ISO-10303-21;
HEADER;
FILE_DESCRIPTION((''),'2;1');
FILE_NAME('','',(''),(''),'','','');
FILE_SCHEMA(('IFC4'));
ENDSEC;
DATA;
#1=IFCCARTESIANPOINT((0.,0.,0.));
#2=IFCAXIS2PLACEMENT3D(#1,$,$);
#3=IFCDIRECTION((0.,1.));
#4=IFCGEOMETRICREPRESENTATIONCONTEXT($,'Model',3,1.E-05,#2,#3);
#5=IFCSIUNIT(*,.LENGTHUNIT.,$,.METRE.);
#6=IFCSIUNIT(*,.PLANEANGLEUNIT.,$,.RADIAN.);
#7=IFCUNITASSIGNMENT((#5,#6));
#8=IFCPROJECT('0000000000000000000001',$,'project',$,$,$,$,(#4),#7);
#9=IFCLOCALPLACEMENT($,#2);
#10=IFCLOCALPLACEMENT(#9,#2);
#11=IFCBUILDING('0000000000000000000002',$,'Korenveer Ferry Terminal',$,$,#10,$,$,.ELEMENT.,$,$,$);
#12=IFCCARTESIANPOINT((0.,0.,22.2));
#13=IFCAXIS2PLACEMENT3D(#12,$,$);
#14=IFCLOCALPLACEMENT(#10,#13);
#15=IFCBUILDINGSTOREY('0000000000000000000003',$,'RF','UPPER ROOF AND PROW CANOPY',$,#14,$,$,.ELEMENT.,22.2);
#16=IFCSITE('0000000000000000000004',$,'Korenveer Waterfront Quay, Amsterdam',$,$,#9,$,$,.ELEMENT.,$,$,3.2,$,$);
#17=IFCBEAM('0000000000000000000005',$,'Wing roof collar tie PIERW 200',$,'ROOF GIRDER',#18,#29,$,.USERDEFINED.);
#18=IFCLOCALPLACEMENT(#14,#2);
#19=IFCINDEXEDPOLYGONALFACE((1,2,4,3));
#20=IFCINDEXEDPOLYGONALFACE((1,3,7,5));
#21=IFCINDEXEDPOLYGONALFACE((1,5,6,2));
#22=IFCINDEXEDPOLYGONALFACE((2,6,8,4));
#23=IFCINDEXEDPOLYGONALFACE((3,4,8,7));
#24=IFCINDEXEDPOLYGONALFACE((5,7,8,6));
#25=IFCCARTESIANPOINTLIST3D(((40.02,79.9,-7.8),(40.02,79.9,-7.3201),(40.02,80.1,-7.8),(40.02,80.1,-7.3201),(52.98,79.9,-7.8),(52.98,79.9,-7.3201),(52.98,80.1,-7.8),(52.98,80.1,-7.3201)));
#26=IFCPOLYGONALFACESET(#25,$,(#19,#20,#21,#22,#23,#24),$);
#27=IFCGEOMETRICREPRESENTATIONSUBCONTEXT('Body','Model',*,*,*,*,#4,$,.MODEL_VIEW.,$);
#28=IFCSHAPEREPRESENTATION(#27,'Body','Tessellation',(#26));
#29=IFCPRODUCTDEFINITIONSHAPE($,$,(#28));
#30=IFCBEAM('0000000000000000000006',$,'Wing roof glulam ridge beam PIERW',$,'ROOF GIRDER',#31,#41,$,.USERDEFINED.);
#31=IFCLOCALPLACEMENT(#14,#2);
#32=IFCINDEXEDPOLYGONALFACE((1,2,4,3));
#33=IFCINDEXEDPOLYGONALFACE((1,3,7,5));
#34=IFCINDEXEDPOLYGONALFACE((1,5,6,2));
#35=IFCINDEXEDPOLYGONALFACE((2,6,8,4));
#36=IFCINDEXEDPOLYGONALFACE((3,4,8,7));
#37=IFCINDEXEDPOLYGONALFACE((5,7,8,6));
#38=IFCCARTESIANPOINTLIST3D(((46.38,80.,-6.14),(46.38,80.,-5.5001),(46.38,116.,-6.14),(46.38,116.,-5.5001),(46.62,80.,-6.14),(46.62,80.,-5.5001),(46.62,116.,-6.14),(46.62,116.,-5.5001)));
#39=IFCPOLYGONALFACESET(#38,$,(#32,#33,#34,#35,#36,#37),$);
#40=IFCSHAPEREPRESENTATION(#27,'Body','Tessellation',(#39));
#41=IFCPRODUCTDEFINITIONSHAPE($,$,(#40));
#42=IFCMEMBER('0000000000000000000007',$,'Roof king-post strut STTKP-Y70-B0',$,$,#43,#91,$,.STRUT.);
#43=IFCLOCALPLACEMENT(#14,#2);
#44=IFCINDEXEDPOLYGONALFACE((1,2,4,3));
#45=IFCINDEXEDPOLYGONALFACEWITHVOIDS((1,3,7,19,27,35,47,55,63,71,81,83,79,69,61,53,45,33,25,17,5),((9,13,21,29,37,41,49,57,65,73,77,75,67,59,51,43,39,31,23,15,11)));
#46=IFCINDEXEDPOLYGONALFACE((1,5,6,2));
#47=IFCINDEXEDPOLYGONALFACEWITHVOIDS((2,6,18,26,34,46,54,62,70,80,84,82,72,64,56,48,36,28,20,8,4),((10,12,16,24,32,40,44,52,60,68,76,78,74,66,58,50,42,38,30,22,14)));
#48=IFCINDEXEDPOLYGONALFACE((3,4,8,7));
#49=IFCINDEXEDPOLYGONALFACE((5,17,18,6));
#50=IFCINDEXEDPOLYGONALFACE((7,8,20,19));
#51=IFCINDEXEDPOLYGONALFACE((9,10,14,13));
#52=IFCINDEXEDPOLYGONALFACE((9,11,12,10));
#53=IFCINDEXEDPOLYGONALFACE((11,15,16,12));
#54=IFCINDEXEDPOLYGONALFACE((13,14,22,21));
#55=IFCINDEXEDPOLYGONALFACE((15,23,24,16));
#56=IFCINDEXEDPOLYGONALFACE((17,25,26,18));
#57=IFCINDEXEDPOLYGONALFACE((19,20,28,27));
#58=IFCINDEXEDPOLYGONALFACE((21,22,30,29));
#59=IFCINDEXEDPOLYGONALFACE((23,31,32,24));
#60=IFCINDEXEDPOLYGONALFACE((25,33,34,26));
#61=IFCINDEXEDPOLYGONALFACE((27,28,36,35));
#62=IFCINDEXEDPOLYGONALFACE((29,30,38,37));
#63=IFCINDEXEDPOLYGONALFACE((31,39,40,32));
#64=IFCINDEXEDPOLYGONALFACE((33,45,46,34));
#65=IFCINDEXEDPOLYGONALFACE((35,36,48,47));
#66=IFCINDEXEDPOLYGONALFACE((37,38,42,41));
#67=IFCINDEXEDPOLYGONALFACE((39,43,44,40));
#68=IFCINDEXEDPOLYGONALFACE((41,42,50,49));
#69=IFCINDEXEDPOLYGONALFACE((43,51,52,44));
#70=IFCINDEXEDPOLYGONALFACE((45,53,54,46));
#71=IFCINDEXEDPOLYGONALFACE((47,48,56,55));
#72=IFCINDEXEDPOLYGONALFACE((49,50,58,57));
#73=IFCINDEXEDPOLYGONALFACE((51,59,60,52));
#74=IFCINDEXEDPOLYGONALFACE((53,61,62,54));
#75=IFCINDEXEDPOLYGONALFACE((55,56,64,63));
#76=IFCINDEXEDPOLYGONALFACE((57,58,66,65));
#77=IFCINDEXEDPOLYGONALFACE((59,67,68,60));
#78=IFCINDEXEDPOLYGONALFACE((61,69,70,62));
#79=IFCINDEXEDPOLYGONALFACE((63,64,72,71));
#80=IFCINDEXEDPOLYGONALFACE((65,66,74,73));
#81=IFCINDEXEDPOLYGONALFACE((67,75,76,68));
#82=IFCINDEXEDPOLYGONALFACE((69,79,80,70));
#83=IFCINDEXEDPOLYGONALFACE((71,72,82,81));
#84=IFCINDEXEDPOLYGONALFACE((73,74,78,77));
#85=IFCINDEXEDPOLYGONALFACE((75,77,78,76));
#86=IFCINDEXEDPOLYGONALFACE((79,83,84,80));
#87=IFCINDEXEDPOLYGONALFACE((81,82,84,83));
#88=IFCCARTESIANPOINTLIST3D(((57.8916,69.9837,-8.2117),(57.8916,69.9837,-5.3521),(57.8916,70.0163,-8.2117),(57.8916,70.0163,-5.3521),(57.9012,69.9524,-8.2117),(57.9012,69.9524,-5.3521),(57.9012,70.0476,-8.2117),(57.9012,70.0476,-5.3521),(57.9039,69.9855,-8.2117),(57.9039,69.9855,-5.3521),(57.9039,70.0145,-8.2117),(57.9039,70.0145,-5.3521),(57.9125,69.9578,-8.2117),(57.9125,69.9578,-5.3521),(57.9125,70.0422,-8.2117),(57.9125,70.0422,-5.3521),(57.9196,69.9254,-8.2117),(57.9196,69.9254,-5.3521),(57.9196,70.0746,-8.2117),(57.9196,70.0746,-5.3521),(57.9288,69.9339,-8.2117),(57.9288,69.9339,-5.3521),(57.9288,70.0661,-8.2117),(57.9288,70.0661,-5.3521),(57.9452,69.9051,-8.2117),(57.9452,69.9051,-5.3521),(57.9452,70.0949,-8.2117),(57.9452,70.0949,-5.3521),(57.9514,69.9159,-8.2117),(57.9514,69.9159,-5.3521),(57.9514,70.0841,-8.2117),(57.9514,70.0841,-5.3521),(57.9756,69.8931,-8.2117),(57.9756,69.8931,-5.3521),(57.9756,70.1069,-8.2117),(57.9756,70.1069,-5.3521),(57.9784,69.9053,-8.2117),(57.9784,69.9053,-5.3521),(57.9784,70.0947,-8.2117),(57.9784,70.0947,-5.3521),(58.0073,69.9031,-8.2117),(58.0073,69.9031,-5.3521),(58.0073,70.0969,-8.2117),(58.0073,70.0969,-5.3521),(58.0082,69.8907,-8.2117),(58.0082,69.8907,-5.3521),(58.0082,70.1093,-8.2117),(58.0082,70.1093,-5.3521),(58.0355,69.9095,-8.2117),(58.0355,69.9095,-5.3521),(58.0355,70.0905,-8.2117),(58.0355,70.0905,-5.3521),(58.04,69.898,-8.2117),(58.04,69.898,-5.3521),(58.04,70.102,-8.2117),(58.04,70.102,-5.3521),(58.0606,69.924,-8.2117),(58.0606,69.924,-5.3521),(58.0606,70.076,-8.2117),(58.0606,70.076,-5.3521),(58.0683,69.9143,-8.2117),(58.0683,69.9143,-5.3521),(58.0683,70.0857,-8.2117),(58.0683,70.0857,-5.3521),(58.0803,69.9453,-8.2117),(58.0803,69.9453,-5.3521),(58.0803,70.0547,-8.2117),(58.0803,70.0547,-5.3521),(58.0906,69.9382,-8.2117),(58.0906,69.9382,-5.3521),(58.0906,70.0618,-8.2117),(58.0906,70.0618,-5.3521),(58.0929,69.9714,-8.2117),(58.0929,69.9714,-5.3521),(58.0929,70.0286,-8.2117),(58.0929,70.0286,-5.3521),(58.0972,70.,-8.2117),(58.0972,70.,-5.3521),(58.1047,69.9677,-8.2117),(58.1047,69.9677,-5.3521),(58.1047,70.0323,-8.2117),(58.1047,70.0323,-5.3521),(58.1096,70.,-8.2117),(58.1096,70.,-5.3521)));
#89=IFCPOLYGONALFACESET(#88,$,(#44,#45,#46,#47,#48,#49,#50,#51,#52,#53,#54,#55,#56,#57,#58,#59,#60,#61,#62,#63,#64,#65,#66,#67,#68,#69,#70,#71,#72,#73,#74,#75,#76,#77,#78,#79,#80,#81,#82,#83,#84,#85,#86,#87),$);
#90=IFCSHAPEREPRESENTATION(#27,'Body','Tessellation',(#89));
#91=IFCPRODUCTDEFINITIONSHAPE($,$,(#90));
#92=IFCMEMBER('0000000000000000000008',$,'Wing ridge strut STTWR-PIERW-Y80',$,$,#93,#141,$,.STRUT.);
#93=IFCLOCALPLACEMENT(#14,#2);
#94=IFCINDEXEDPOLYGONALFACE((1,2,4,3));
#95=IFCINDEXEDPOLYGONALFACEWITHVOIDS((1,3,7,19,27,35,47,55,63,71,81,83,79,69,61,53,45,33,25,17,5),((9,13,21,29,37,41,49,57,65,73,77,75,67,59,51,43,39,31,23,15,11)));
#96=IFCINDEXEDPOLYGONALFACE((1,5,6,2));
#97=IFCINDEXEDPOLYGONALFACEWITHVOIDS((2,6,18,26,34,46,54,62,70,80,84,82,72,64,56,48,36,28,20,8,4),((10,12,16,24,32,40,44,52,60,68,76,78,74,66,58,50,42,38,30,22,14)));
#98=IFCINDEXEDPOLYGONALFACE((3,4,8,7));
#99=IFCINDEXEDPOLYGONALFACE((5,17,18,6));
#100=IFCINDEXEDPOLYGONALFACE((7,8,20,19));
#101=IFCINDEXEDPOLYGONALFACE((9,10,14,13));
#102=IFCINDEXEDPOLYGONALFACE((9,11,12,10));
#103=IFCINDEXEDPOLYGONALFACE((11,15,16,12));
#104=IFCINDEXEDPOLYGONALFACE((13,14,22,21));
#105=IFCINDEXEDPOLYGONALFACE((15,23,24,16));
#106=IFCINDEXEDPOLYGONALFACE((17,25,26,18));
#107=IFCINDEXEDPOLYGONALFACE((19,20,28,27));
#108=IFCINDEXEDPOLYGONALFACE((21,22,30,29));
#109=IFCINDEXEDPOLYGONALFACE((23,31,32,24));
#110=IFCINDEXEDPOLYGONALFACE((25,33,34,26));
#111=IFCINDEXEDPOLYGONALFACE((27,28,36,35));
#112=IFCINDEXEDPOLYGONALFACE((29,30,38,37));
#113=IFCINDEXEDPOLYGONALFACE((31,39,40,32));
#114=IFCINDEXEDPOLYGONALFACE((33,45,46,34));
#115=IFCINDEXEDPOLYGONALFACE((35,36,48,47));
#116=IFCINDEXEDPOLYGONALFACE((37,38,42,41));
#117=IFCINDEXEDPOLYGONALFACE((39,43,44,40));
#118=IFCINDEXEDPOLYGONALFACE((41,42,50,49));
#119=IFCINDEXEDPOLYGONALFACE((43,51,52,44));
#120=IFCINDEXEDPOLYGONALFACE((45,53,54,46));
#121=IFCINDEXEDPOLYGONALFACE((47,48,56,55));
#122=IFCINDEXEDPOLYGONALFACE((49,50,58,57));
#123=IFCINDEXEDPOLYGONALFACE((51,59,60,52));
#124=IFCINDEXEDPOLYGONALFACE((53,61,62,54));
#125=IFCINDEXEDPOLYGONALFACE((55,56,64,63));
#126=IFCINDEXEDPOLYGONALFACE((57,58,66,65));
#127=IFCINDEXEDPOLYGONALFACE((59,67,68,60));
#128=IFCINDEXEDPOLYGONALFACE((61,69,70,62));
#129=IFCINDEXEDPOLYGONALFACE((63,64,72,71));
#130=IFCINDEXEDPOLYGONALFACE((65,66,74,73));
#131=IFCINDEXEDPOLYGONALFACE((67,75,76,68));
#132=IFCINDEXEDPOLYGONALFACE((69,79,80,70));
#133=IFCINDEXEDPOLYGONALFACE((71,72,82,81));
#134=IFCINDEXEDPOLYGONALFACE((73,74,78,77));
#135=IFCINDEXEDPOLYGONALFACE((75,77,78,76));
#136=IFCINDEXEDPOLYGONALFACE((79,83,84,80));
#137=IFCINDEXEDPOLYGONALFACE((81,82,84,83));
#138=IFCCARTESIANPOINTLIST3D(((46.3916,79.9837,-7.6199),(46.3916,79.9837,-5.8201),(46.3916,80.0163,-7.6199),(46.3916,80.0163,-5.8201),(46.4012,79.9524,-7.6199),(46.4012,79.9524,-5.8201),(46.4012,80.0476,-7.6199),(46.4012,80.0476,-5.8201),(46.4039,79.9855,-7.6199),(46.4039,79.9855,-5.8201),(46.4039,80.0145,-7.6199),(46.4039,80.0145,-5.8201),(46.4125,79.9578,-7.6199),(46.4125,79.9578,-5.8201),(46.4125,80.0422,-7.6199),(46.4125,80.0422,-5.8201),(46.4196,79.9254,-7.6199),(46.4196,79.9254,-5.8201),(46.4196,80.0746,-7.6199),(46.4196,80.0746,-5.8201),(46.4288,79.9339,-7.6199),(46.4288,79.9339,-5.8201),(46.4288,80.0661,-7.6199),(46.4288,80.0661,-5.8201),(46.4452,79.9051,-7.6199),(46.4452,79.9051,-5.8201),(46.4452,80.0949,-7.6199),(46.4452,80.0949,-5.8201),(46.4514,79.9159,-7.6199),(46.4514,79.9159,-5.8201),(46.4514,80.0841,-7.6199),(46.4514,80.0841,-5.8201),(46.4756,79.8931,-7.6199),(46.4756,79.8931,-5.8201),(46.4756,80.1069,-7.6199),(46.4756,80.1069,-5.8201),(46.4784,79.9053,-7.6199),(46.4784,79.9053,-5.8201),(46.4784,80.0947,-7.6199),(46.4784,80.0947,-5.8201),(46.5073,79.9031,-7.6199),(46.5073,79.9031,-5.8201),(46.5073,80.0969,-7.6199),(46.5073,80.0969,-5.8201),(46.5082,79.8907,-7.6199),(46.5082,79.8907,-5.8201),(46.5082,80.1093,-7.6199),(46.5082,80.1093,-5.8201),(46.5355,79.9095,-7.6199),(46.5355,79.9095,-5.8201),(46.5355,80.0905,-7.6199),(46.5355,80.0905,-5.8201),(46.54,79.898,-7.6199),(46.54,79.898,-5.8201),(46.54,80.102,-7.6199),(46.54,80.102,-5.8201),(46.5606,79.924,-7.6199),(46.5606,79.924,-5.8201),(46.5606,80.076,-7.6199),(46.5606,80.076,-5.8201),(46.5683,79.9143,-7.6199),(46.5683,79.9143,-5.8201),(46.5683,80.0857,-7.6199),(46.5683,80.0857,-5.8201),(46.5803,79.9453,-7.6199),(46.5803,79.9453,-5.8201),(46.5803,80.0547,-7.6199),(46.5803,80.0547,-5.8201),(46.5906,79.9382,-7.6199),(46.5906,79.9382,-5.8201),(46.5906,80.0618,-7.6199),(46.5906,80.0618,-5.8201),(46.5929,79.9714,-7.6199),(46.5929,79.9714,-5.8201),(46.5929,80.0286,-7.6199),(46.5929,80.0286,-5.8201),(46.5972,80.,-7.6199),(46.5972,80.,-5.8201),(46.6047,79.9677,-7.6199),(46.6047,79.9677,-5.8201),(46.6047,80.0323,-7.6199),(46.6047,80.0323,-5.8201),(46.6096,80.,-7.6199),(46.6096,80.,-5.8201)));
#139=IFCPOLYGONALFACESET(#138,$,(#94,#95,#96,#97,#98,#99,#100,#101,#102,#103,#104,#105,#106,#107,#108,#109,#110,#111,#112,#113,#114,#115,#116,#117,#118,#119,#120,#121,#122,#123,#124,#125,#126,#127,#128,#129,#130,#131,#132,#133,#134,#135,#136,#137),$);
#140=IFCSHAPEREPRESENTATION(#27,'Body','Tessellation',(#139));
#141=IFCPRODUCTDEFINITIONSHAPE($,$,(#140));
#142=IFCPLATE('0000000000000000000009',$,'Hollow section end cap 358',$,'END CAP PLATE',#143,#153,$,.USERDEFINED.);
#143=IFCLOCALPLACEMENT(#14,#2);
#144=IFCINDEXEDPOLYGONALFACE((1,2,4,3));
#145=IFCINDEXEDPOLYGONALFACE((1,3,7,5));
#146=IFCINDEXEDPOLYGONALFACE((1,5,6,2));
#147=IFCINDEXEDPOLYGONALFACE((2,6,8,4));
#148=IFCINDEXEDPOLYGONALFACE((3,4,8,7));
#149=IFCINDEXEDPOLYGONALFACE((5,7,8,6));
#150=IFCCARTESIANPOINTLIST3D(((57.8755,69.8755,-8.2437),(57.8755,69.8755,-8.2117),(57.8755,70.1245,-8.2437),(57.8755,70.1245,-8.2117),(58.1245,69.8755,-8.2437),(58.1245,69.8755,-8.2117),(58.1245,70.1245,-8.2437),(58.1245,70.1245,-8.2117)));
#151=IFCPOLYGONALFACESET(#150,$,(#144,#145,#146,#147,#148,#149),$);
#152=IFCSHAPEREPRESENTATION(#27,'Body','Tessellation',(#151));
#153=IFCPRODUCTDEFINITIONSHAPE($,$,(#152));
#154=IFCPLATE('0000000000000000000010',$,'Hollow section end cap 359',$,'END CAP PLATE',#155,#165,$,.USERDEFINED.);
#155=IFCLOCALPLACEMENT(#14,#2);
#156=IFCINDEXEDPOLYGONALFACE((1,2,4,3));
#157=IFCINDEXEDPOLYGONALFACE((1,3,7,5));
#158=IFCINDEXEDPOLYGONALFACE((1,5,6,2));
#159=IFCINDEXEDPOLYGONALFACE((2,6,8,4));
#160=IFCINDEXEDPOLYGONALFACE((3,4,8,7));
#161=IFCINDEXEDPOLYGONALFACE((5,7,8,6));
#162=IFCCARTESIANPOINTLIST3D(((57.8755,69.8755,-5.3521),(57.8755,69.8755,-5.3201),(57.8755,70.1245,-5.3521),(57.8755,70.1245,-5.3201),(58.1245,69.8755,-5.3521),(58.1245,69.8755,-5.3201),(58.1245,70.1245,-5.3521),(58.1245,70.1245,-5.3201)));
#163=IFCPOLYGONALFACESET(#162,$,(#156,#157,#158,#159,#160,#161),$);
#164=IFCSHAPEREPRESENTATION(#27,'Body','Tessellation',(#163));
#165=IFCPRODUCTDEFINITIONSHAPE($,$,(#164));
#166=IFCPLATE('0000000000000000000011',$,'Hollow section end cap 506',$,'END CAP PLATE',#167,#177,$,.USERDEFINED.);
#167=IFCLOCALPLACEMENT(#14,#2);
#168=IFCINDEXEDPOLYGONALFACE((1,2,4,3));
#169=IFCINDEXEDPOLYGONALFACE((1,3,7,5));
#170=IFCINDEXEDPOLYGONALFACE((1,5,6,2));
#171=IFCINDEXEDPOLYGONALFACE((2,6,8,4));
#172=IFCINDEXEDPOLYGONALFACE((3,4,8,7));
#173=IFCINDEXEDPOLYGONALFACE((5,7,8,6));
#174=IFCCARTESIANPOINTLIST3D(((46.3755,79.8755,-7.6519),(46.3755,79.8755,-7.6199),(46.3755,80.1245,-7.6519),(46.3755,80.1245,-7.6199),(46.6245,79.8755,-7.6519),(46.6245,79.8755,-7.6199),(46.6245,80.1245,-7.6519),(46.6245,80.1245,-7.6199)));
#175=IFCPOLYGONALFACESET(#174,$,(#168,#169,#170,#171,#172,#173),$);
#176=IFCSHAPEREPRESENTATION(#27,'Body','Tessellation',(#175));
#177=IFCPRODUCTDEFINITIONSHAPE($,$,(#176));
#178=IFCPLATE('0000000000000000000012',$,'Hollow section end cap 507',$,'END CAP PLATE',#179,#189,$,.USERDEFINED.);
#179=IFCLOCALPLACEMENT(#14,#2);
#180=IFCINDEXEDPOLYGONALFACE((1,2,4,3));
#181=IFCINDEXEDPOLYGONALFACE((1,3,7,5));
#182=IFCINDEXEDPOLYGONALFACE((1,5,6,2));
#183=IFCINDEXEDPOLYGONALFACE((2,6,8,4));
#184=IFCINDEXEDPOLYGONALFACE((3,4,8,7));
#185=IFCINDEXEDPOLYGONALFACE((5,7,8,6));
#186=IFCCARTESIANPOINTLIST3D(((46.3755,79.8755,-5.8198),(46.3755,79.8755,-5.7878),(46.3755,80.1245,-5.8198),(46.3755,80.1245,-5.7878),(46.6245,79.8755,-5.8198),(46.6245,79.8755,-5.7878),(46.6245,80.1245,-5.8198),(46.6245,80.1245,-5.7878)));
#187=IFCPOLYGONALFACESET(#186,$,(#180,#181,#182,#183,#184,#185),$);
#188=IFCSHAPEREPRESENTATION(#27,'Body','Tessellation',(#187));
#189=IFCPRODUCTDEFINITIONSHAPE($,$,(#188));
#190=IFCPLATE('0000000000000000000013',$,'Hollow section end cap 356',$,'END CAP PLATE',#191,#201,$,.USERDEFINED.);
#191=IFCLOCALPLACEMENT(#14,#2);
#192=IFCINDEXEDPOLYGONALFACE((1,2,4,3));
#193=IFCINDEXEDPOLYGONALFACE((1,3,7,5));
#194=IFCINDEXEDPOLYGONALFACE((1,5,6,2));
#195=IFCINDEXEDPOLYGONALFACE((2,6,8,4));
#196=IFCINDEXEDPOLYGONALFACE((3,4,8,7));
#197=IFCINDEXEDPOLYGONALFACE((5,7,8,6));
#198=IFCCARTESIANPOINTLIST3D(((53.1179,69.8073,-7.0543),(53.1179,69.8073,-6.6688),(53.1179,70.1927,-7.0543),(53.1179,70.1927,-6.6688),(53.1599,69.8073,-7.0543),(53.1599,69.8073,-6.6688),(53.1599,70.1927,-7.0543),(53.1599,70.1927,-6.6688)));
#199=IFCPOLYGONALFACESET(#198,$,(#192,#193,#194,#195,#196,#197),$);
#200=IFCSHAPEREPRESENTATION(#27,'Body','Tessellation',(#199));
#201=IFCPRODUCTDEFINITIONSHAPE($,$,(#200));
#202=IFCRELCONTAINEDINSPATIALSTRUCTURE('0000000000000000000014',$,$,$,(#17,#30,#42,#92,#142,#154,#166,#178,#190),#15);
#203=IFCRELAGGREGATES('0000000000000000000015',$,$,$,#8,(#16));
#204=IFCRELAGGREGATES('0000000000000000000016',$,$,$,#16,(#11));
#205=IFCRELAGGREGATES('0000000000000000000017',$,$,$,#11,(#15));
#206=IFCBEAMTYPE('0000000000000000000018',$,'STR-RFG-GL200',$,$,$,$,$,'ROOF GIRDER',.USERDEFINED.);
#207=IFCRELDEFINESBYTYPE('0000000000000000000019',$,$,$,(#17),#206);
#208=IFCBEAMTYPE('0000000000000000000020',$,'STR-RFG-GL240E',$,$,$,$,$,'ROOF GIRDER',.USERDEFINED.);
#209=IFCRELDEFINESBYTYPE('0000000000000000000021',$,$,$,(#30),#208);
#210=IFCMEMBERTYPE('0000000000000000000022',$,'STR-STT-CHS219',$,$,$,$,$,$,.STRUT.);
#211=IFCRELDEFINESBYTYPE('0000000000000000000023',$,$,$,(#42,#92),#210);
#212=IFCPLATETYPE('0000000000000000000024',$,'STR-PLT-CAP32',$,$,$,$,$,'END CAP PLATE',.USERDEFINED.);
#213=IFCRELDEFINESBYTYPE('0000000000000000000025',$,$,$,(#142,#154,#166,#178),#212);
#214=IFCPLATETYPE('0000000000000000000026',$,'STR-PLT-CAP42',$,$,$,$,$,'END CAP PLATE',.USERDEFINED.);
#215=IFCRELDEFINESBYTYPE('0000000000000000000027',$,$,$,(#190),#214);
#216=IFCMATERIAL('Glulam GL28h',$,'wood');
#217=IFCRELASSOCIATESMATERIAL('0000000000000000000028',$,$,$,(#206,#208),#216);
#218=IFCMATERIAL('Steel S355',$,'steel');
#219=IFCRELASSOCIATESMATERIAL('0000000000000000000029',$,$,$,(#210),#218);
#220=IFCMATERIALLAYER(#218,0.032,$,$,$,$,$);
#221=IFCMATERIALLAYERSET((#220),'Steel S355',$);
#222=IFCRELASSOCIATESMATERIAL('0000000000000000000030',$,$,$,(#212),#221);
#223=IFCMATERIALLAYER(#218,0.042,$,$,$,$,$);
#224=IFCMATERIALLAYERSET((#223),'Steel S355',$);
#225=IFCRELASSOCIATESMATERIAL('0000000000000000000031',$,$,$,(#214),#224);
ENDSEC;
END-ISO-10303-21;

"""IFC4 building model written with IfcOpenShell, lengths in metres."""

from ifc_helpers import new_model, si_unit, direction, frame, origin, origin_2d, place, context, subcontext, project, spatial, rectangle, hollow_circle, extrude, material, layer, layer_set, material_profile, profile_set, type_object, element, save


model = new_model("IFC4")

# Units and contexts
model_context = context("Model", 3, precision=1e-05, world=origin(), true_north=direction((0.0, 1.0)))
body_context = subcontext(model_context, "Body", "Model", "MODEL_VIEW")
ifc_project = project(units=[si_unit("LENGTHUNIT", "METRE"), si_unit("PLANEANGLEUNIT", "RADIAN")], contexts=[model_context])

# Site, building, storey
site_placement = place(None, origin())
site = spatial("IfcSite", under=ifc_project, at=site_placement, Name="Korenveer Waterfront Quay, Amsterdam", CompositionType="ELEMENT", RefElevation=3.2)
building_placement = place(site_placement, origin())
building = spatial("IfcBuilding", under=site, at=building_placement, Name="Korenveer Ferry Terminal", CompositionType="ELEMENT")
storey_placement = place(building_placement, frame((0.0, 0.0, 22.2)))
storey = spatial("IfcBuildingStorey", under=building, at=storey_placement, Name="RF", Description="UPPER ROOF AND PROW CANOPY", CompositionType="ELEMENT", Elevation=22.2)

# Shared definitions
ifc_material_1 = material(Name="Steel S355", Category="steel")

# Shared definitions
ifc_material_2 = material(Name="Glulam GL28h", Category="wood")

# Beams
ifc_material_profile_1 = material_profile(ifc_material_2, rectangle(XDim=0.2, YDim=0.48, at=origin_2d()), Name="GL 200x480")
ifc_profile_set_1 = profile_set([ifc_material_profile_1], Name="Glulam GL28h")
beam_type_1 = type_object("IfcBeamType", Name="STR-RFG-GL200", ElementType="ROOF GIRDER", PredefinedType="USERDEFINED", material=ifc_profile_set_1)
beam_1_placement = place(storey_placement, frame((40.02, 80.0, -7.5601), z_axis=(1.0, 0.0, 0.0), x_axis=(0.0, 1.0, 0.0)))
element("IfcBeam", 1, at=beam_1_placement, inside=storey, type_object=beam_type_1, Name="Wing roof collar tie PIERW 200", ObjectType="ROOF GIRDER", PredefinedType="USERDEFINED", context=body_context, shape_type="SweptSolid", body=[
    extrude(rectangle(XDim=0.2, YDim=0.48, at=origin_2d()), origin(), (0.0, 0.0, 1.0), 12.96),
])
ifc_material_profile_2 = material_profile(ifc_material_2, rectangle(XDim=0.24, YDim=0.6399, at=origin_2d()), Name="GL 240x640")
ifc_profile_set_2 = profile_set([ifc_material_profile_2], Name="Glulam GL28h")
beam_type_2 = type_object("IfcBeamType", Name="STR-RFG-GL240E", ElementType="ROOF GIRDER", PredefinedType="USERDEFINED", material=ifc_profile_set_2)
beam_2_placement = place(storey_placement, frame((46.5, 80.0, -5.8201), z_axis=(0.0, 1.0, 0.0), x_axis=(-1.0, 0.0, 0.0)))
element("IfcBeam", 2, at=beam_2_placement, inside=storey, type_object=beam_type_2, Name="Wing roof glulam ridge beam PIERW", ObjectType="ROOF GIRDER", PredefinedType="USERDEFINED", context=body_context, shape_type="SweptSolid", body=[
    extrude(rectangle(XDim=0.24, YDim=0.6399, at=origin_2d()), origin(), (0.0, 0.0, 1.0), 36.0),
])

# Members
ifc_material_profile_3 = material_profile(ifc_material_1, hollow_circle(Radius=0.1096, WallThickness=0.0125, at=origin_2d()), Name="CHS 219.1x12.5")
ifc_profile_set_3 = profile_set([ifc_material_profile_3], Name="Steel S355")
member_type_1 = type_object("IfcMemberType", Name="STR-STT-CHS219", PredefinedType="STRUT", material=ifc_profile_set_3)
member_1_placement = place(storey_placement, frame((58.0, 70.0, -8.2117), z_axis=(0.0, 0.0, 1.0), x_axis=(1.0, 0.0, 0.0)))
element("IfcMember", 3, at=member_1_placement, inside=storey, type_object=member_type_1, Name="Roof king-post strut STTKP-Y70-B0", PredefinedType="STRUT", context=body_context, shape_type="SweptSolid", body=[
    extrude(hollow_circle(Radius=0.1096, WallThickness=0.0125, at=origin_2d()), origin(), (0.0, 0.0, 1.0), 2.8596),
])
member_2_placement = place(storey_placement, frame((46.5, 80.0, -7.6199), z_axis=(0.0, 0.0, 1.0), x_axis=(1.0, 0.0, 0.0)))
element("IfcMember", 4, at=member_2_placement, inside=storey, type_object=member_type_1, Name="Wing ridge strut STTWR-PIERW-Y80", PredefinedType="STRUT", context=body_context, shape_type="SweptSolid", body=[
    extrude(hollow_circle(Radius=0.1096, WallThickness=0.0125, at=origin_2d()), origin(), (0.0, 0.0, 1.0), 1.7998),
])

# Plates
ifc_layer_1 = layer(ifc_material_1, 0.032)
ifc_layer_set_1 = layer_set([ifc_layer_1], Name="Steel S355")
plate_type_1 = type_object("IfcPlateType", Name="STR-PLT-CAP32", ElementType="END CAP PLATE", PredefinedType="USERDEFINED", material=ifc_layer_set_1)
for number, where, z_axis, x_axis, name in (
    (5, (58.0, 70.0, -8.2437), (0.0, 0.0, 1.0), (1.0, 0.0, 0.0), "Hollow section end cap 358"),
    (6, (58.0, 70.0, -5.3521), (0.0, 0.0, 1.0), (1.0, 0.0, 0.0), "Hollow section end cap 359"),
    (7, (46.5, 80.0, -7.6519), (0.0, 0.0, 1.0), (1.0, 0.0, 0.0), "Hollow section end cap 506"),
    (8, (46.5, 80.0, -5.8198), (0.0, 0.0, 1.0), (1.0, 0.0, 0.0), "Hollow section end cap 507"),
):
    element("IfcPlate", number, at=place(storey_placement, frame(where, z_axis=z_axis, x_axis=x_axis)), inside=storey, type_object=plate_type_1, Name=name, ObjectType="END CAP PLATE", PredefinedType="USERDEFINED", context=body_context, shape_type="SweptSolid", body=[
        extrude(rectangle(XDim=0.249, YDim=0.249, at=origin_2d()), origin(), (0.0, 0.0, 1.0), 0.032),
    ])
ifc_layer_2 = layer(ifc_material_1, 0.042)
ifc_layer_set_2 = layer_set([ifc_layer_2], Name="Steel S355")
plate_type_2 = type_object("IfcPlateType", Name="STR-PLT-CAP42", ElementType="END CAP PLATE", PredefinedType="USERDEFINED", material=ifc_layer_set_2)
plate_placement = place(storey_placement, frame((53.1179, 70.0, -6.8616), z_axis=(1.0, 0.0, 0.0), x_axis=(0.0, 1.0, 0.0)))
element("IfcPlate", 9, at=plate_placement, inside=storey, type_object=plate_type_2, Name="Hollow section end cap 356", ObjectType="END CAP PLATE", PredefinedType="USERDEFINED", context=body_context, shape_type="SweptSolid", body=[
    extrude(rectangle(XDim=0.3855, YDim=0.3855, at=origin_2d()), origin(), (0.0, 0.0, 1.0), 0.042),
])

save(model, "model.ifc")
